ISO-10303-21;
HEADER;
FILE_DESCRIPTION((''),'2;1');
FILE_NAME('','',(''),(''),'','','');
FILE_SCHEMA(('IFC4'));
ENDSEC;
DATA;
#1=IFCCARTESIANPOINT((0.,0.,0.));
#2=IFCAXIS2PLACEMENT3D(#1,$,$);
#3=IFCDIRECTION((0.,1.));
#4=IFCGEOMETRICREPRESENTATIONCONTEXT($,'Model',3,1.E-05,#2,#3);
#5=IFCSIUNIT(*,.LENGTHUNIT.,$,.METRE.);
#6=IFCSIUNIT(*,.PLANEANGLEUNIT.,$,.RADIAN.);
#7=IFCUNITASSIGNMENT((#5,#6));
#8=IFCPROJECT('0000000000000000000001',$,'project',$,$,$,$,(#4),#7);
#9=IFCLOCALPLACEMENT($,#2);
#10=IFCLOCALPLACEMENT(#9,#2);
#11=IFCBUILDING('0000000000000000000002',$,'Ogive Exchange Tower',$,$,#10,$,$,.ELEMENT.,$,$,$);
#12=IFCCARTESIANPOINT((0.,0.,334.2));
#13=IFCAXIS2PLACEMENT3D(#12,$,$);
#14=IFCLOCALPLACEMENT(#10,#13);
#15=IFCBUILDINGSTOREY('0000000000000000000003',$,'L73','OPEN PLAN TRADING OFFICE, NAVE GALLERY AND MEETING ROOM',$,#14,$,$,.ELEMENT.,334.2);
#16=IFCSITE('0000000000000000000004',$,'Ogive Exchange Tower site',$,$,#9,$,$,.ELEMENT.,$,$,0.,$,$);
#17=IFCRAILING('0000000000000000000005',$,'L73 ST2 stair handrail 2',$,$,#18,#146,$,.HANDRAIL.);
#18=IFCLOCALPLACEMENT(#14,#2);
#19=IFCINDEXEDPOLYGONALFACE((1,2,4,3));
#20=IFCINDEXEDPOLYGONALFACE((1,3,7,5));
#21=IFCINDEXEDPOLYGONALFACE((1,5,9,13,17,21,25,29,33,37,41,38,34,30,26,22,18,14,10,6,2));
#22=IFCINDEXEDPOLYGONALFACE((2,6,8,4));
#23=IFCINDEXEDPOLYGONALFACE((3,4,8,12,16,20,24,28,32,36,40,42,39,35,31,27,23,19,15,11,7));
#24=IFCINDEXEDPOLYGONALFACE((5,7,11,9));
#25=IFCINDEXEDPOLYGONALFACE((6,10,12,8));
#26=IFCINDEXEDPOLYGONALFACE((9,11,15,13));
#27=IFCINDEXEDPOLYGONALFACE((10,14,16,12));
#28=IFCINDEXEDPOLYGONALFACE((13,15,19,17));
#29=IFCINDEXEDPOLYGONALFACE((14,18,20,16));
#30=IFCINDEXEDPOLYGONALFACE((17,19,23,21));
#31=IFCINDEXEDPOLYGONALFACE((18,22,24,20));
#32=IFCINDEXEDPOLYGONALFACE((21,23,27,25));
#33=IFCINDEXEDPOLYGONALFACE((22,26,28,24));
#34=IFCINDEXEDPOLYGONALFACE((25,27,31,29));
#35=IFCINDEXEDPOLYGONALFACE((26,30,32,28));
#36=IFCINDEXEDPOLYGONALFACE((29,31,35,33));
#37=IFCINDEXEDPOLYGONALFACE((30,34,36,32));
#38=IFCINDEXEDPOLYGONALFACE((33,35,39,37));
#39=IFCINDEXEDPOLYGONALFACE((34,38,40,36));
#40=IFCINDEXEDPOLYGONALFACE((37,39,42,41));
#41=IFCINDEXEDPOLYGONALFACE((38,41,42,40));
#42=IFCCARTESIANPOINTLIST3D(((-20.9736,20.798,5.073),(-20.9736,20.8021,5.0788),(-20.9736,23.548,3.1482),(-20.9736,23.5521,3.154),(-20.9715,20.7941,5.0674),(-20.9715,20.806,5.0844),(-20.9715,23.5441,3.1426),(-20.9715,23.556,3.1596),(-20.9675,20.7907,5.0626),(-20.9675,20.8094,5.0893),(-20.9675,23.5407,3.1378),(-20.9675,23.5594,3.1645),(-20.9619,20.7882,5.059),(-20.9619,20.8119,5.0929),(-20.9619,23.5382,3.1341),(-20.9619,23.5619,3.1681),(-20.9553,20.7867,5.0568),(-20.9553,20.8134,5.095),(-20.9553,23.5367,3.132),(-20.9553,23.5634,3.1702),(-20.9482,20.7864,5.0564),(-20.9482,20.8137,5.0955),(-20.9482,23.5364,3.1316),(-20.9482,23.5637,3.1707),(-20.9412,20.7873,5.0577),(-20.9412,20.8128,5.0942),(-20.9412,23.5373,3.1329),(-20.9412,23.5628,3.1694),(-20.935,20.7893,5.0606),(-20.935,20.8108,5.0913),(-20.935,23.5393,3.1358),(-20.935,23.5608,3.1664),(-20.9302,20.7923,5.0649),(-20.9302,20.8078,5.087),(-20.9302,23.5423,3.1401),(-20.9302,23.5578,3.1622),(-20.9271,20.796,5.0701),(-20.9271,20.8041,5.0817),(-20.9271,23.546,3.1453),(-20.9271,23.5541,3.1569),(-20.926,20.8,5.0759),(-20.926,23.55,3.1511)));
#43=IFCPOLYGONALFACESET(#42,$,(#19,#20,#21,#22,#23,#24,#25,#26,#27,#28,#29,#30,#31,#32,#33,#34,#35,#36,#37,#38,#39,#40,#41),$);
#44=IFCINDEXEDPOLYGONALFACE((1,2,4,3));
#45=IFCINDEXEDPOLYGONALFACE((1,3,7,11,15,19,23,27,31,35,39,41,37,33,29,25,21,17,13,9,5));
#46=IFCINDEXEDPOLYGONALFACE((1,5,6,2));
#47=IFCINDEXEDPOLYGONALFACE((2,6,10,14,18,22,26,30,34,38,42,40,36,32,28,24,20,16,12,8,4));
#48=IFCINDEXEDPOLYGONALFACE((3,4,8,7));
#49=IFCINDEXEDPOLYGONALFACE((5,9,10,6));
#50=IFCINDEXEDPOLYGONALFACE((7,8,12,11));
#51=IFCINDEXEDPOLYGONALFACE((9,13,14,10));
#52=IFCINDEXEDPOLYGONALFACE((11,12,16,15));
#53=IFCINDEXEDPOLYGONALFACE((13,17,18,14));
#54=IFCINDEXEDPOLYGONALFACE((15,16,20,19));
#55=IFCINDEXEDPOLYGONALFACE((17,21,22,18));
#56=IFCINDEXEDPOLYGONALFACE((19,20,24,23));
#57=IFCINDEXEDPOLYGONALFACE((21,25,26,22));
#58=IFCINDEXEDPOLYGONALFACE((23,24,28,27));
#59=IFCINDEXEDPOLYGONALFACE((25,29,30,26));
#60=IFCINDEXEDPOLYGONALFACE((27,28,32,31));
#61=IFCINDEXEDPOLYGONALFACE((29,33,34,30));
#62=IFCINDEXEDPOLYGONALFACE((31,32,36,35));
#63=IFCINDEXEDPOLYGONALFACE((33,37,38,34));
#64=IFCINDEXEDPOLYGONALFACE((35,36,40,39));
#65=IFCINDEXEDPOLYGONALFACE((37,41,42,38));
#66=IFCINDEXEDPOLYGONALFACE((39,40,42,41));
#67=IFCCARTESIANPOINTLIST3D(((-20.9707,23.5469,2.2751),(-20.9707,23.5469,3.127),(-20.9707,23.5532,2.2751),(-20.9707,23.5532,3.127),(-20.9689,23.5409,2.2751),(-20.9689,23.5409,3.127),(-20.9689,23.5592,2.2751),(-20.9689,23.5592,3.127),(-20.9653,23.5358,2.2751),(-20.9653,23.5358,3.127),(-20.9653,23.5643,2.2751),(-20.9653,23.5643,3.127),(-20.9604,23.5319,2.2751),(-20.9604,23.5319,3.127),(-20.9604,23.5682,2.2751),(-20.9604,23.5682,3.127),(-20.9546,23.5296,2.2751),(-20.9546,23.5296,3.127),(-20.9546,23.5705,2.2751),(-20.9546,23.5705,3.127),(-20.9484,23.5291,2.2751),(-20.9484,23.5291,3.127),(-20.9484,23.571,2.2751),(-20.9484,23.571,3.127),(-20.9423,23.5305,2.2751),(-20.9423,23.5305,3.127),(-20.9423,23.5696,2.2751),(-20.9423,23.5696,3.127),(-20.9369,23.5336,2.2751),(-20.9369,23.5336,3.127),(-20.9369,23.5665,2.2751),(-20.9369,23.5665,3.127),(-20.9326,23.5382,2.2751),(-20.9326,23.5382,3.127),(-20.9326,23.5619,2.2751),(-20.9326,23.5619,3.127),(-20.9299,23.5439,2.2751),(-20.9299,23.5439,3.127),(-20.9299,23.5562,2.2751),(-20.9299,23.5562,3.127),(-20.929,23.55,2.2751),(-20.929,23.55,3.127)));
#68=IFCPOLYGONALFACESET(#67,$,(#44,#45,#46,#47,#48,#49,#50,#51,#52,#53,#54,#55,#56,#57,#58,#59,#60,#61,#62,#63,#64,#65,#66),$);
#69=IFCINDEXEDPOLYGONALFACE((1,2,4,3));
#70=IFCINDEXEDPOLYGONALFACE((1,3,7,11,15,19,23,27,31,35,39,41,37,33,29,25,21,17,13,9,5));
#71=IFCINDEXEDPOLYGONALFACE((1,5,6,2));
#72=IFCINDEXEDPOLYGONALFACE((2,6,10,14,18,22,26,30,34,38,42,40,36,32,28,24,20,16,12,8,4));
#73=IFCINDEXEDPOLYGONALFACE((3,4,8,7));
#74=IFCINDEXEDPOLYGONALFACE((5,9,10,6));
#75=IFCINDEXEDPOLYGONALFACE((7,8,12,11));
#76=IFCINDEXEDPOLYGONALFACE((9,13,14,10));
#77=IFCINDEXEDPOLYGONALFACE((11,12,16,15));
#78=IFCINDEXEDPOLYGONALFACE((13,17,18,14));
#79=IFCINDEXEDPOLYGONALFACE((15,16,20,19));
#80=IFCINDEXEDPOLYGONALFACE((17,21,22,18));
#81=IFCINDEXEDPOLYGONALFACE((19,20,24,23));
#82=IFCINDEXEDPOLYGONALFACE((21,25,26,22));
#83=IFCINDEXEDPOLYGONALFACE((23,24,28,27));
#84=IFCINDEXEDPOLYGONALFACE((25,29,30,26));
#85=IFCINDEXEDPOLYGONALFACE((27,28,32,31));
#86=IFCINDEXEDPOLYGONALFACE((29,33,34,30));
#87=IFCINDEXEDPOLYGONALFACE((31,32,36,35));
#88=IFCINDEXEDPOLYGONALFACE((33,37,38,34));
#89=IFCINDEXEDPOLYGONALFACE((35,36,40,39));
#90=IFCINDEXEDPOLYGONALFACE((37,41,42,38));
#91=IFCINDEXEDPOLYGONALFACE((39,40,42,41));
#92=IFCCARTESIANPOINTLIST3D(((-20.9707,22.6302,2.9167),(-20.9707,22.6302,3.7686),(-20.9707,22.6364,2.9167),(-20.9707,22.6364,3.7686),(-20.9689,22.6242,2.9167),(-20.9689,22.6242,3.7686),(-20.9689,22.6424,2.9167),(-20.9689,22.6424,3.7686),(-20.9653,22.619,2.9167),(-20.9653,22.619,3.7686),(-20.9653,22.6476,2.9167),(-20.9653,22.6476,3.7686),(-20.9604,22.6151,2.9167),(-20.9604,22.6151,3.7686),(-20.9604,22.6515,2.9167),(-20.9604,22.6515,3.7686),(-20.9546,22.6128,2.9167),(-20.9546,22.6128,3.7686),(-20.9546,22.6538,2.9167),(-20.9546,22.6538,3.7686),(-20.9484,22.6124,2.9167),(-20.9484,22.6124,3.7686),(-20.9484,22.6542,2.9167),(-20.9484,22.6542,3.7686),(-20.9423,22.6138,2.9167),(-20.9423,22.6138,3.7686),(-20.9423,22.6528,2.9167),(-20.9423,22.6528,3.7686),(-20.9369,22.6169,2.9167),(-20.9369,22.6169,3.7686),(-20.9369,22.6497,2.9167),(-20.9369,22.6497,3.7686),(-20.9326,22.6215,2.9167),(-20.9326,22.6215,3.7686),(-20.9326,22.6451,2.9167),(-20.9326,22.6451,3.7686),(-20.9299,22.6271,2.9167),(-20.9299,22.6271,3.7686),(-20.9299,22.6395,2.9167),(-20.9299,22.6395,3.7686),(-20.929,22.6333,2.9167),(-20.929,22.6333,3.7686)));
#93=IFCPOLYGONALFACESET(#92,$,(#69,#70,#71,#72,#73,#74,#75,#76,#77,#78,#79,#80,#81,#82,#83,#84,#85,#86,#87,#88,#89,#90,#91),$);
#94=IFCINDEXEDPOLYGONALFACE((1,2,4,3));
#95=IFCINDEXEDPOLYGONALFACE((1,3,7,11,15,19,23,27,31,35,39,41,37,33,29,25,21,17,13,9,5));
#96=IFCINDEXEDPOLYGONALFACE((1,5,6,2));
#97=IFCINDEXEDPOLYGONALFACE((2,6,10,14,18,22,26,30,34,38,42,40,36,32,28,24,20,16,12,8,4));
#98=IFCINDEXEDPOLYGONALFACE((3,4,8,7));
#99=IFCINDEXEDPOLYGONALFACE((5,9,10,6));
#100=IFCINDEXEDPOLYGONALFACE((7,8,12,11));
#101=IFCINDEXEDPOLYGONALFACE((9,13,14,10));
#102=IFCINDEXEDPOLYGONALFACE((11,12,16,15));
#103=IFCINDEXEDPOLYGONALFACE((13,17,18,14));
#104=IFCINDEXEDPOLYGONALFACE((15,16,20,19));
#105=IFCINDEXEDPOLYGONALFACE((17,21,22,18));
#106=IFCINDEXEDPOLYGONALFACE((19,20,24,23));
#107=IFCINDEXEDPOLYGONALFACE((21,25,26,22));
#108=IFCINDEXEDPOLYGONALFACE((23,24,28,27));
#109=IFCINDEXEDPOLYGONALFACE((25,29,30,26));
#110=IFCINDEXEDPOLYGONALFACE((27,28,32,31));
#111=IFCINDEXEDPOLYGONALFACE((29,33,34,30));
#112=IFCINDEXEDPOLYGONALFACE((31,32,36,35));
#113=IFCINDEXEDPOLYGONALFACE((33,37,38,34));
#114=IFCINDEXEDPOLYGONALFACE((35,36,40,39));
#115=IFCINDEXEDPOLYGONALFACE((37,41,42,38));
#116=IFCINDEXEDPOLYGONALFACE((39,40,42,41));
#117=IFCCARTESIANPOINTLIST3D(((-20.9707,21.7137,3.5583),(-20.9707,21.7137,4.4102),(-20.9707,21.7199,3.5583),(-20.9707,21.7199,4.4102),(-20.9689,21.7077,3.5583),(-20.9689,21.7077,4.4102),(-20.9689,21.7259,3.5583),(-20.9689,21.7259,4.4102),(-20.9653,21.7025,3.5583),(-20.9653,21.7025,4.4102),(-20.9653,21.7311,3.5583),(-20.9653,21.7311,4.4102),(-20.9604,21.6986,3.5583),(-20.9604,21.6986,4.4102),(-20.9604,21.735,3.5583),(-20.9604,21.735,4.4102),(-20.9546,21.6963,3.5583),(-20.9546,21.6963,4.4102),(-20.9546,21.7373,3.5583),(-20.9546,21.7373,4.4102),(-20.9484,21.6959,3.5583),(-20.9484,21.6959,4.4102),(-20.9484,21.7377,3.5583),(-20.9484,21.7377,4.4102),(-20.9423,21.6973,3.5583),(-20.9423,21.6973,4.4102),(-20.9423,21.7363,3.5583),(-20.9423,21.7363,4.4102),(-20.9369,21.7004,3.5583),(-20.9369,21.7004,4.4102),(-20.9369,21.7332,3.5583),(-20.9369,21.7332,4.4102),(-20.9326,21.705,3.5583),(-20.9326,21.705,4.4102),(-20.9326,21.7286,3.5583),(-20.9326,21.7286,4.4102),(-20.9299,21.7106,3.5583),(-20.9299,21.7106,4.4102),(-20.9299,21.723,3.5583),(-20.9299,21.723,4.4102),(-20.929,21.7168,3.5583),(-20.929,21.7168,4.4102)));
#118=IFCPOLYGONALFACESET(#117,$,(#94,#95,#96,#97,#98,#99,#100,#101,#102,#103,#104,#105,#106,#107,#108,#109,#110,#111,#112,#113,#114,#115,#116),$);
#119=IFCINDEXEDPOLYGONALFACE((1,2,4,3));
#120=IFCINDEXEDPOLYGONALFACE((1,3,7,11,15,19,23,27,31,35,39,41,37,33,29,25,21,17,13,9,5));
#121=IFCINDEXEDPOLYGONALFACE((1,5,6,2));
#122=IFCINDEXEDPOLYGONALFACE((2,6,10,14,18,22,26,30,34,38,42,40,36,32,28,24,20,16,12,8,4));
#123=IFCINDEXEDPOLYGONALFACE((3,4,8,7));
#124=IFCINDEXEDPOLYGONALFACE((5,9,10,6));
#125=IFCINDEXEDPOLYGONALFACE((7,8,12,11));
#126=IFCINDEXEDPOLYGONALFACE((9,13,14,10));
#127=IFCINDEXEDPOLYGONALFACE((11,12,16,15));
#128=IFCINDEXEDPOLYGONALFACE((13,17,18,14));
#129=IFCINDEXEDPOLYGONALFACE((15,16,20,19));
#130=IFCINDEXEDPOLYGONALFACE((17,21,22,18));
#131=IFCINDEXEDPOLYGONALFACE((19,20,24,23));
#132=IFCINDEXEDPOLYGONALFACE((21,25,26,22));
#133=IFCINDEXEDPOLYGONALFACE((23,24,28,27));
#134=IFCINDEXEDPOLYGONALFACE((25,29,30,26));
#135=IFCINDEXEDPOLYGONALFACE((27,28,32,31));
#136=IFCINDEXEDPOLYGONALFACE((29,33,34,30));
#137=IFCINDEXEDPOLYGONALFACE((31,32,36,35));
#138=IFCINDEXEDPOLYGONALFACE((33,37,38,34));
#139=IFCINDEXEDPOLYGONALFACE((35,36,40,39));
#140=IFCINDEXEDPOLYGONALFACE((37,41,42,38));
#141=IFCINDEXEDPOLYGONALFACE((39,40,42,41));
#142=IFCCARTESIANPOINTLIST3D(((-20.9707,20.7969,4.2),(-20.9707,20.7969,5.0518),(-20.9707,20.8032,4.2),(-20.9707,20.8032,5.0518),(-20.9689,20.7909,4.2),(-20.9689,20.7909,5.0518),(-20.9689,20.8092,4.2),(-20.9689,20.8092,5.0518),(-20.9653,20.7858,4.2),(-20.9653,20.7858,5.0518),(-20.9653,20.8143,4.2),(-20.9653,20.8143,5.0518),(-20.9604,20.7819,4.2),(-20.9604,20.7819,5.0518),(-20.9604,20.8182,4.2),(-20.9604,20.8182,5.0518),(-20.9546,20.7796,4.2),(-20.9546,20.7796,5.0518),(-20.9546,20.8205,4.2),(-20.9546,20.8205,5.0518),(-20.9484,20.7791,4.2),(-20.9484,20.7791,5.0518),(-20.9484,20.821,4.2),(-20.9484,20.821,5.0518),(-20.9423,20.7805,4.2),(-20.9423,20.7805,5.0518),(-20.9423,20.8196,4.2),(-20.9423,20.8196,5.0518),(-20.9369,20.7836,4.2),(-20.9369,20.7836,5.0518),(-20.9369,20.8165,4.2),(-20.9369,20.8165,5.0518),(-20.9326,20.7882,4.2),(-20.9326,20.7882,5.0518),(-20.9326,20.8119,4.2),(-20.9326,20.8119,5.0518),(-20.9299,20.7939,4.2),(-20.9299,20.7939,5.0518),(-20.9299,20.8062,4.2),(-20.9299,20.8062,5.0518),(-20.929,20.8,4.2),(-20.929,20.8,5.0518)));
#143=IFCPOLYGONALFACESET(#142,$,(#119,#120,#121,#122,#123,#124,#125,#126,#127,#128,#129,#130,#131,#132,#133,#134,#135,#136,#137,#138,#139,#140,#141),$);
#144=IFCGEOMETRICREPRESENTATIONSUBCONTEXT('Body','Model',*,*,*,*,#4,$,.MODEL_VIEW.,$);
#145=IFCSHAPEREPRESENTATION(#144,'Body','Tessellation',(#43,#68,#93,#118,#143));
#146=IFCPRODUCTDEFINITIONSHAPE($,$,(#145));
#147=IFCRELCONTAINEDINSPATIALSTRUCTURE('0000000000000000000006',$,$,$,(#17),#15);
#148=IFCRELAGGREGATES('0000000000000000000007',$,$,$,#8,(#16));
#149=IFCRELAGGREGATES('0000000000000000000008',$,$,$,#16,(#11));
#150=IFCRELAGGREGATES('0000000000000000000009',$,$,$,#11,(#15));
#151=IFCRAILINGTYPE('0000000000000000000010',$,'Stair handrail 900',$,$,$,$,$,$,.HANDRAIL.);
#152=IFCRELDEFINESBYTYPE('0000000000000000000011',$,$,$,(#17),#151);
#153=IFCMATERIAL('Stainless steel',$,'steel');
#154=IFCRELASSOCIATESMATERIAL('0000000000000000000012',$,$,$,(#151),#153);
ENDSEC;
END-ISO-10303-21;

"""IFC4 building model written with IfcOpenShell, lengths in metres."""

from ifc_helpers import new_model, si_unit, direction, frame, origin, origin_2d, place, context, subcontext, project, spatial, circle, extrude, material, type_object, element, save


model = new_model("IFC4")

# Units and contexts
model_context = context("Model", 3, precision=1e-05, world=origin(), true_north=direction((0.0, 1.0)))
body_context = subcontext(model_context, "Body", "Model", "MODEL_VIEW")
ifc_project = project(units=[si_unit("LENGTHUNIT", "METRE"), si_unit("PLANEANGLEUNIT", "RADIAN")], contexts=[model_context])

# Site, building, storey
site_placement = place(None, origin())
site = spatial("IfcSite", under=ifc_project, at=site_placement, Name="Ogive Exchange Tower site", CompositionType="ELEMENT", RefElevation=0.0)
building_placement = place(site_placement, origin())
building = spatial("IfcBuilding", under=site, at=building_placement, Name="Ogive Exchange Tower", CompositionType="ELEMENT")
storey_placement = place(building_placement, frame((0.0, 0.0, 334.2)))
storey = spatial("IfcBuildingStorey", under=building, at=storey_placement, Name="L73", Description="OPEN PLAN TRADING OFFICE, NAVE GALLERY AND MEETING ROOM", CompositionType="ELEMENT", Elevation=334.2)

# Railing
ifc_material_1 = material(Name="Stainless steel", Category="steel")
railing_type = type_object("IfcRailingType", Name="Stair handrail 900", PredefinedType="HANDRAIL", material=ifc_material_1)
railing_1_placement = place(storey_placement, frame((-20.95, 23.55, 2.2751)))
element("IfcRailing", 1, at=railing_1_placement, inside=storey, type_object=railing_type, Name="L73 ST2 stair handrail 2", PredefinedType="HANDRAIL", context=body_context, shape_type="SweptSolid", body=[
    extrude(circle(Radius=0.0239, at=origin_2d()), frame((0.0, 0.0, 0.876), z_axis=(0.0, -0.819259, 0.573423), x_axis=(1.0, 0.0, 0.0)), (0.0, 0.0, 1.0), 3.3567),
    extrude(circle(Radius=0.021, at=origin_2d()), origin(), (0.0, 0.0, 1.0), 0.8518),
    extrude(circle(Radius=0.021, at=origin_2d()), frame((0.0, -0.9167, 0.6416)), (0.0, 0.0, 1.0), 0.8518),
    extrude(circle(Radius=0.021, at=origin_2d()), frame((0.0, -1.8333, 1.2832)), (0.0, 0.0, 1.0), 0.8518),
    extrude(circle(Radius=0.021, at=origin_2d()), frame((0.0, -2.75, 1.9248)), (0.0, 0.0, 1.0), 0.8518),
])

save(model, "model.ifc")
